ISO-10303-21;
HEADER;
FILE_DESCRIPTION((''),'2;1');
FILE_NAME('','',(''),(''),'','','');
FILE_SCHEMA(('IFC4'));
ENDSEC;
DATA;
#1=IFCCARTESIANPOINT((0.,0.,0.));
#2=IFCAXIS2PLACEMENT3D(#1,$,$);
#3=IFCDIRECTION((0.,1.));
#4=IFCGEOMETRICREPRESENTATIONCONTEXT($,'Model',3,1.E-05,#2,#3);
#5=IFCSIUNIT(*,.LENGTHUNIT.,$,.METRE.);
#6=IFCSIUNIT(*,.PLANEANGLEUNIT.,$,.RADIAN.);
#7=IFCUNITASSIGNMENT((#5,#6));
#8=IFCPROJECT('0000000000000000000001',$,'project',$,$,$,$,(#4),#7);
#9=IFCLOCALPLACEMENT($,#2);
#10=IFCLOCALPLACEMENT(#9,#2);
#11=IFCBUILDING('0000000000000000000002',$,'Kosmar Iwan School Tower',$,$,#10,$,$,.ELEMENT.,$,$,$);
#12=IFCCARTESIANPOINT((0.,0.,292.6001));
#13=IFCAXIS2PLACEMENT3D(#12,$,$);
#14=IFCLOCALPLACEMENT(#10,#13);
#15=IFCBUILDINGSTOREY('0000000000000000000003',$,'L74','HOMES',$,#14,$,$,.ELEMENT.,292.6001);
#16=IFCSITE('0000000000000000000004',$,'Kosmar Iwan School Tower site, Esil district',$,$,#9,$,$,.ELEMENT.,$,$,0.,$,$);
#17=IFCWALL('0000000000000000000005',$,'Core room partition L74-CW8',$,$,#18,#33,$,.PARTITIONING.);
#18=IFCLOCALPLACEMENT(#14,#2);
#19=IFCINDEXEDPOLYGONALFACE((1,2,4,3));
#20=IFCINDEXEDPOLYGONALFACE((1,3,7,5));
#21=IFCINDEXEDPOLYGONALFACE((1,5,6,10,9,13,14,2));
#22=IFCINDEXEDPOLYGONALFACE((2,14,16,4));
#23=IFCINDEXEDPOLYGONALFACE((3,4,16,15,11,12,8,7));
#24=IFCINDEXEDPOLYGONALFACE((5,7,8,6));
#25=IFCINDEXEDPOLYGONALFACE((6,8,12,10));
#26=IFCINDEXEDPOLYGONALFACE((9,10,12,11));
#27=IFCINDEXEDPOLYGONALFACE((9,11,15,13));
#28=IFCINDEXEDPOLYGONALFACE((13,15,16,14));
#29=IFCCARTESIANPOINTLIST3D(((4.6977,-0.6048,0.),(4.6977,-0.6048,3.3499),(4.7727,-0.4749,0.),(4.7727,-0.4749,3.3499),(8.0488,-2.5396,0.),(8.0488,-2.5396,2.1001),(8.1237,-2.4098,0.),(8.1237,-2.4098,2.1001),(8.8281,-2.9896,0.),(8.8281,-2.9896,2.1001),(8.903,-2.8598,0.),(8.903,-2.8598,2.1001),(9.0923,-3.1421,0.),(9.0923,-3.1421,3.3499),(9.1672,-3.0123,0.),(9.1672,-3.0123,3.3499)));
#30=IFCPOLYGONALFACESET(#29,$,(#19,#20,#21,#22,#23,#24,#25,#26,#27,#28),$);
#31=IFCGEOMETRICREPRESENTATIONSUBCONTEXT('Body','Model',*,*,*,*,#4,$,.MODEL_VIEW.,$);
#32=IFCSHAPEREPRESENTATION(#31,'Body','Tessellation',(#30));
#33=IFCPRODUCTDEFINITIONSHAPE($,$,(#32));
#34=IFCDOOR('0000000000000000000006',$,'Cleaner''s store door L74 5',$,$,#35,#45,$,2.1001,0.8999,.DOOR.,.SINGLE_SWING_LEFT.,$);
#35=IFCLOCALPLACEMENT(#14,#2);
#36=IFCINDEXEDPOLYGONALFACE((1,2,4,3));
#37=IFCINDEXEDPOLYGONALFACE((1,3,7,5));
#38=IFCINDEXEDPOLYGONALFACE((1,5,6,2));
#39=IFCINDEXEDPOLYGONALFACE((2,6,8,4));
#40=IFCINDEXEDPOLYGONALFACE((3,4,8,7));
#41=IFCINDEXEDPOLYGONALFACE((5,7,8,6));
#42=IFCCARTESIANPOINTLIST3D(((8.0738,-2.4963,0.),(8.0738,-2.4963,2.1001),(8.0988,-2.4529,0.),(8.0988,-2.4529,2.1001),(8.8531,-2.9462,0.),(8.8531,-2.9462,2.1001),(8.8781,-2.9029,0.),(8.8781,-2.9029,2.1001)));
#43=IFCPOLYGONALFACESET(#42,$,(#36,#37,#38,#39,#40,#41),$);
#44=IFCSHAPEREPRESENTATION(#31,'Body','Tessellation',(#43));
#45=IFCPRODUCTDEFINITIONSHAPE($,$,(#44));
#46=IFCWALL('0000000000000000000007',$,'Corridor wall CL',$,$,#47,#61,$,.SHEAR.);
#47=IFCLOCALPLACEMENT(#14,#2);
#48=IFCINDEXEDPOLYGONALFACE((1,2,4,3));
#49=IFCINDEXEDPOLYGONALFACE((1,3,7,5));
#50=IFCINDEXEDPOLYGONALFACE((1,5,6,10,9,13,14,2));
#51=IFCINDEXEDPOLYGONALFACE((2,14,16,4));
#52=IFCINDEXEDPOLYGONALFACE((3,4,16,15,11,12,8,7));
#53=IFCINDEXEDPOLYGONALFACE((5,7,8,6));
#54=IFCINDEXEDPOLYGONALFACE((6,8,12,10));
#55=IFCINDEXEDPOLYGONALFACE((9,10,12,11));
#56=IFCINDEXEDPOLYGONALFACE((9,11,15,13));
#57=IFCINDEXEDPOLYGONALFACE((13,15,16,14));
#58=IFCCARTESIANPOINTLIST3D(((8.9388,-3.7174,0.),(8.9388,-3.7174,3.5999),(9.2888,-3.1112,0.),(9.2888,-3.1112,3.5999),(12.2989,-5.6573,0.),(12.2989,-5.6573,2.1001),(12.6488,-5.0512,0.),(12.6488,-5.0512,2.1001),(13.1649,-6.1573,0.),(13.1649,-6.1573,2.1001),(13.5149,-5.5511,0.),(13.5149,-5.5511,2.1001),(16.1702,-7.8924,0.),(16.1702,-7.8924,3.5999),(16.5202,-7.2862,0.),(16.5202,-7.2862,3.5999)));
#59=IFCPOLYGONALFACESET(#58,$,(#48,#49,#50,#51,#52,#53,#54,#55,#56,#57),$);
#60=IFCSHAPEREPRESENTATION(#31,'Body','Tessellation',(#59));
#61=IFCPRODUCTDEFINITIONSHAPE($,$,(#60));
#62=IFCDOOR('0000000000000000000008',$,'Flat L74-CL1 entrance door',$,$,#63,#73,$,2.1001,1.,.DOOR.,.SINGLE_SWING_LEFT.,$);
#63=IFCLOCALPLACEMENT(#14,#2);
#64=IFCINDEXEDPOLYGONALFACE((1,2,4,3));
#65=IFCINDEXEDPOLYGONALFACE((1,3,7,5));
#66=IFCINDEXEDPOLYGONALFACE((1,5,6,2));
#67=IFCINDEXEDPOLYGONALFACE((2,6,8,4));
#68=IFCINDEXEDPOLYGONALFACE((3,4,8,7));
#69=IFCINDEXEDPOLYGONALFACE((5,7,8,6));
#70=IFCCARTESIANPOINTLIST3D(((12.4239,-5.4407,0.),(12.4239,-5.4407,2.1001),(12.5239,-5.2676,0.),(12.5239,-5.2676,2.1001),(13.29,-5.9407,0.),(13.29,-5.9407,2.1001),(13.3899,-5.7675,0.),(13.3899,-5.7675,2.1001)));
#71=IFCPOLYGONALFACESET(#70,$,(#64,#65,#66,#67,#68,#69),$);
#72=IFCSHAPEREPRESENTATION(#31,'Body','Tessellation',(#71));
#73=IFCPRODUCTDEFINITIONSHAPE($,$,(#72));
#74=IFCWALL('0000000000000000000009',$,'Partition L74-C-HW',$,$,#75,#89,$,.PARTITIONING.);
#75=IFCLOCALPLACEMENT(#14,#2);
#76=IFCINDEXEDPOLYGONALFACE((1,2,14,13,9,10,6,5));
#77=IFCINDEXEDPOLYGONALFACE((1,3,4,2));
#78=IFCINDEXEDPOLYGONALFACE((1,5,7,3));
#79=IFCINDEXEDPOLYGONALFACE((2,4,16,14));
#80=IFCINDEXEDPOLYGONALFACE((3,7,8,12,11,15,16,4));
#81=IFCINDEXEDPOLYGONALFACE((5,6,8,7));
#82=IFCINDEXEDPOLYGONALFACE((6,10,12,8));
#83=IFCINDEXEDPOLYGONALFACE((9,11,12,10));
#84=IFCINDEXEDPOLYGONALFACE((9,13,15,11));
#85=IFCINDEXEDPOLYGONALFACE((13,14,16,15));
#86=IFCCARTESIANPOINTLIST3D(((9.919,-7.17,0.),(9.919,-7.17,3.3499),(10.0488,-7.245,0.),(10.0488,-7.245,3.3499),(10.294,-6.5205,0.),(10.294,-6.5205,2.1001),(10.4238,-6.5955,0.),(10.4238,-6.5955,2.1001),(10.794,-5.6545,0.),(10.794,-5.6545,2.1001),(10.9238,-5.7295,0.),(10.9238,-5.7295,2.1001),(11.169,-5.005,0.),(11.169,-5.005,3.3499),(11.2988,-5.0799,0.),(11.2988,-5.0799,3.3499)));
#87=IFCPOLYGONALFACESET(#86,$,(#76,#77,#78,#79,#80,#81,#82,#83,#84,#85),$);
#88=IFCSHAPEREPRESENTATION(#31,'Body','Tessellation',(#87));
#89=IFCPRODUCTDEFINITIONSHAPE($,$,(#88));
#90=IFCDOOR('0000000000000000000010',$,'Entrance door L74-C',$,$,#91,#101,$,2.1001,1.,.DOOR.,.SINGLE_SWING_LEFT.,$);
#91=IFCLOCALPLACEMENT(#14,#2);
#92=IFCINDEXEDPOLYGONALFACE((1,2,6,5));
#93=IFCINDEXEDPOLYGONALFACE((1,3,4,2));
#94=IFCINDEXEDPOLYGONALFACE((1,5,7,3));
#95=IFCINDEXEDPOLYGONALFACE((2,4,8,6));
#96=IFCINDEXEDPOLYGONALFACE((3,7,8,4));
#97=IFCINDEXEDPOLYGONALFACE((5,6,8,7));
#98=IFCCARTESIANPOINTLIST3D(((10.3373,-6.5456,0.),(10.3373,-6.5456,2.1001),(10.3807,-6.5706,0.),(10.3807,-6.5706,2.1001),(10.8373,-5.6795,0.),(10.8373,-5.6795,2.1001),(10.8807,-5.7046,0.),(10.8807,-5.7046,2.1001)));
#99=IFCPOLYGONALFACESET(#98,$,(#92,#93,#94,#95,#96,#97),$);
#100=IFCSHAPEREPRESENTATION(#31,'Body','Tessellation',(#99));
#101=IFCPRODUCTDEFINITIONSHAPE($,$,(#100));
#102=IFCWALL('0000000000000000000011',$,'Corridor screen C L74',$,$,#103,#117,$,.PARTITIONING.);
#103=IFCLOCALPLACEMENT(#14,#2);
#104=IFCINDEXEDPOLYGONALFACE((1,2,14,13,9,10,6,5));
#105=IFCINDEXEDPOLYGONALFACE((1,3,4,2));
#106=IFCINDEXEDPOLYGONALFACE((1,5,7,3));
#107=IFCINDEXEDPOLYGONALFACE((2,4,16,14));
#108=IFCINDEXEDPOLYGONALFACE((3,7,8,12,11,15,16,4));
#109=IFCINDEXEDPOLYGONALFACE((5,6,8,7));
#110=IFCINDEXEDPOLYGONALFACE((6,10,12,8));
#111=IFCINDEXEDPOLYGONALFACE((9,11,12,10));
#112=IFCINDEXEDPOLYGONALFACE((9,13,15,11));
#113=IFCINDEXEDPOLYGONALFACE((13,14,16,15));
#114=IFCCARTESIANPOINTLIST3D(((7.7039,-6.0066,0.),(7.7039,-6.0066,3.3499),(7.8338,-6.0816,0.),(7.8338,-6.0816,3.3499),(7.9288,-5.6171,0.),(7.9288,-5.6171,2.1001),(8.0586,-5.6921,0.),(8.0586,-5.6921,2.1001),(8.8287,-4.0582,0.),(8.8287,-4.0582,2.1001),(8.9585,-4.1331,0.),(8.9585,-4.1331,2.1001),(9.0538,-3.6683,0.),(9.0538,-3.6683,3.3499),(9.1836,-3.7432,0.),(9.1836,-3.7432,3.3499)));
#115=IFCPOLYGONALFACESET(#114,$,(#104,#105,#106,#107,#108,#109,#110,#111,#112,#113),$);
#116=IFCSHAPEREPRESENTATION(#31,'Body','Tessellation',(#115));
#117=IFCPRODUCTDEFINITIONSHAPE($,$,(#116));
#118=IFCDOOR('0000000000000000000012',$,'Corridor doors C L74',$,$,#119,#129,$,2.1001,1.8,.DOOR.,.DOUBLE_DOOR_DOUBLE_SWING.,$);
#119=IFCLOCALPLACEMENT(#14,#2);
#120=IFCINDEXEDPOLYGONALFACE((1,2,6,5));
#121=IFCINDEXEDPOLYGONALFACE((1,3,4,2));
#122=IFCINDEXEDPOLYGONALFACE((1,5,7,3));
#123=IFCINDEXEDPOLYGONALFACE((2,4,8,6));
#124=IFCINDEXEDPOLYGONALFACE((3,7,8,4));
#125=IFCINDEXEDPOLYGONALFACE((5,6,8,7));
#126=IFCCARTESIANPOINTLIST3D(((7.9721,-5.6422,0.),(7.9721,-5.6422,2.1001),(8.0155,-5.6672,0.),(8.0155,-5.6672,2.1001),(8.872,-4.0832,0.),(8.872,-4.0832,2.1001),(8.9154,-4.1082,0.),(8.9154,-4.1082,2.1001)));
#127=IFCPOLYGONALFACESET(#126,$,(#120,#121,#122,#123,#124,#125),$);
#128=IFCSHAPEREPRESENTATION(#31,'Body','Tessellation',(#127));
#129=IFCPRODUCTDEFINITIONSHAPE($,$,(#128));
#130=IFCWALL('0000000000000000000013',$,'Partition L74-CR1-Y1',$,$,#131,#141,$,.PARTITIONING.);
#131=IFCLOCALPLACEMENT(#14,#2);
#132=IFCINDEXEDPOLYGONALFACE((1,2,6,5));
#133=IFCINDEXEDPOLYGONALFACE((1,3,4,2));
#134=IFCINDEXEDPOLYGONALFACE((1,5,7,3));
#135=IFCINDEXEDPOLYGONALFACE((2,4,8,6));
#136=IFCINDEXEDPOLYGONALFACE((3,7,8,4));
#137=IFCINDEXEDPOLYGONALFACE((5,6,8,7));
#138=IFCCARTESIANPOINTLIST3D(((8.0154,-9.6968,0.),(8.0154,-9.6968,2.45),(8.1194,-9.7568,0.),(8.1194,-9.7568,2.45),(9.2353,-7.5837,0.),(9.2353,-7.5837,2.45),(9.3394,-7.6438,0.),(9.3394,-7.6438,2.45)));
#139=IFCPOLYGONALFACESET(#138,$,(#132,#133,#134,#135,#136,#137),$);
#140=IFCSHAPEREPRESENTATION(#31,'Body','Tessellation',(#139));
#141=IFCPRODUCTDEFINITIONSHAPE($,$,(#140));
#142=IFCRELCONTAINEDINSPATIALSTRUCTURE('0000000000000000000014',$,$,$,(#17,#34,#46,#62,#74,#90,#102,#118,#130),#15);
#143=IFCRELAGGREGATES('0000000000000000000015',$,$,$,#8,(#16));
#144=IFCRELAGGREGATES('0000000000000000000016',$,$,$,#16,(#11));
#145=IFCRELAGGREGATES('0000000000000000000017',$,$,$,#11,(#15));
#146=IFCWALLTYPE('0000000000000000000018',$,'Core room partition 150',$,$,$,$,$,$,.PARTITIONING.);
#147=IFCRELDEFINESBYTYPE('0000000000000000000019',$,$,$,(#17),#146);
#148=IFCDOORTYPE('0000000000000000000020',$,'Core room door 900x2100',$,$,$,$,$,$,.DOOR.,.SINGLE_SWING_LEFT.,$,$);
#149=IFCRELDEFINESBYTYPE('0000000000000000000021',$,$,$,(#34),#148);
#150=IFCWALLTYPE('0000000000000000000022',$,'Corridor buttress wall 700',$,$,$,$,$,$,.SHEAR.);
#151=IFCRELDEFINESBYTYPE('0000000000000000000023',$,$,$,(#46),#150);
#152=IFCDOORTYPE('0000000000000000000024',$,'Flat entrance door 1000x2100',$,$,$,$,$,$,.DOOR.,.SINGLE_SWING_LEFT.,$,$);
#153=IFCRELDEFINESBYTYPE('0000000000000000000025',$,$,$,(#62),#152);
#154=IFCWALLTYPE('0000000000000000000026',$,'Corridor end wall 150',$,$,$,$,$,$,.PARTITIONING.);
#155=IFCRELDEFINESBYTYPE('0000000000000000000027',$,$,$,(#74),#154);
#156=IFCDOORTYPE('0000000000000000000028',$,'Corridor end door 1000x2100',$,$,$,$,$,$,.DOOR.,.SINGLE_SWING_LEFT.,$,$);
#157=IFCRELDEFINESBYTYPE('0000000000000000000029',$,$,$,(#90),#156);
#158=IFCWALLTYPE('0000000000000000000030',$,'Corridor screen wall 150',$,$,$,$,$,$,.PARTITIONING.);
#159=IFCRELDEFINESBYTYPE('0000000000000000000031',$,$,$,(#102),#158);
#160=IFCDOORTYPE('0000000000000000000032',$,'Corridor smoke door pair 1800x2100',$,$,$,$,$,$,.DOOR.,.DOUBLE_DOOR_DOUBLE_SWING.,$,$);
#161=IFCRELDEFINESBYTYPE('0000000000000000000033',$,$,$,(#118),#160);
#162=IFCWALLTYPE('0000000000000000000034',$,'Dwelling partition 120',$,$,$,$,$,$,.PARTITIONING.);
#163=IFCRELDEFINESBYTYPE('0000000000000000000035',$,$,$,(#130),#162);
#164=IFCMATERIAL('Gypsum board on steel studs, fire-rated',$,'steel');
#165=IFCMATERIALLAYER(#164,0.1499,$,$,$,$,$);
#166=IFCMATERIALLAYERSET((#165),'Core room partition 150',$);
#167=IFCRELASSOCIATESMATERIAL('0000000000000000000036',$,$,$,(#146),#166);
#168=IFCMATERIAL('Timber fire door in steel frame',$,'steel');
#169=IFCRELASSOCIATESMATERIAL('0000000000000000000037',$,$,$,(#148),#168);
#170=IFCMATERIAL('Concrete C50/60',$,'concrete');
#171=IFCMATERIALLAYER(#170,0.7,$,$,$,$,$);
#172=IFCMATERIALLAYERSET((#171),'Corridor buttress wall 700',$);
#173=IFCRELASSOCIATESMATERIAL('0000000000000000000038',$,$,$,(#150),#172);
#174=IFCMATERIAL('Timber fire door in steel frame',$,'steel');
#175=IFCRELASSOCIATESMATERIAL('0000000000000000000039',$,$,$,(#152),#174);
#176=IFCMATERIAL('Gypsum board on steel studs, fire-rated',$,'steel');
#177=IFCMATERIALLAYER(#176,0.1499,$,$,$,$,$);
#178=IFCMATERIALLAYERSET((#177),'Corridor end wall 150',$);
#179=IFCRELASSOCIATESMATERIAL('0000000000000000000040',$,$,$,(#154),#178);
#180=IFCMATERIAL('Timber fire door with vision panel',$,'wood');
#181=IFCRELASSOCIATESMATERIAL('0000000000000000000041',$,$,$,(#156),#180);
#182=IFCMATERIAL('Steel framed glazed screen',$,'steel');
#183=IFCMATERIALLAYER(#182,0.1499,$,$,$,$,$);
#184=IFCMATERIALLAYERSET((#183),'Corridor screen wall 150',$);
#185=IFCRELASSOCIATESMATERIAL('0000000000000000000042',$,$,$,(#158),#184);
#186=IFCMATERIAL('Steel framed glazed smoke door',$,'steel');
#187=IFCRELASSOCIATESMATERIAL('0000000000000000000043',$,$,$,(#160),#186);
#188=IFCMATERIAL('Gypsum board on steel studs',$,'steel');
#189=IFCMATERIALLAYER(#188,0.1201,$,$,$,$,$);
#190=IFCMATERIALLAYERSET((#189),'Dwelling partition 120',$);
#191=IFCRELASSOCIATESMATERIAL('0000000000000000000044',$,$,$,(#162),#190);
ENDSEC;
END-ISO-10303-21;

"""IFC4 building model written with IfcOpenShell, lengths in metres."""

from ifc_helpers import new_model, si_unit, direction, frame, frame_2d, origin, place, context, subcontext, project, spatial, rectangle, extrude, material, layer, layer_set, type_object, element, fill, save


model = new_model("IFC4")

# Units and contexts
model_context = context("Model", 3, precision=1e-05, world=origin(), true_north=direction((0.0, 1.0)))
body_context = subcontext(model_context, "Body", "Model", "MODEL_VIEW")
ifc_project = project(units=[si_unit("LENGTHUNIT", "METRE"), si_unit("PLANEANGLEUNIT", "RADIAN")], contexts=[model_context])

# Site, building, storey
site_placement = place(None, origin())
site = spatial("IfcSite", under=ifc_project, at=site_placement, Name="Kosmar Iwan School Tower site, Esil district", CompositionType="ELEMENT", RefElevation=0.0)
building_placement = place(site_placement, origin())
building = spatial("IfcBuilding", under=site, at=building_placement, Name="Kosmar Iwan School Tower", CompositionType="ELEMENT")
storey_placement = place(building_placement, frame((0.0, 0.0, 292.6001)))
storey = spatial("IfcBuildingStorey", under=building, at=storey_placement, Name="L74", Description="HOMES", CompositionType="ELEMENT", Elevation=292.6001)

# Walls, openings, doors
ifc_material_1 = material(Name="Gypsum board on steel studs, fire-rated", Category="steel")
ifc_layer_1 = layer(ifc_material_1, 0.1499)
ifc_layer_set_1 = layer_set([ifc_layer_1], Name="Core room partition 150")
wall_type_1 = type_object("IfcWallType", Name="Core room partition 150", PredefinedType="PARTITIONING", material=ifc_layer_set_1)
wall_1_placement = place(storey_placement, frame((9.1296, -3.0771, 0.0), z_axis=(0.0, 0.0, 1.0), x_axis=(-0.866011, 0.500025, 0.0)))
wall_1 = element("IfcWall", 1, at=wall_1_placement, inside=storey, type_object=wall_type_1, Name="Core room partition L74-CW8", PredefinedType="PARTITIONING", context=body_context, shape_type="SweptSolid", body=[
    extrude(rectangle(XDim=5.0745, YDim=0.1499, at=frame_2d((2.5371, 0.0))), origin(), (0.0, 0.0, 1.0), 3.3499),
])
opening_1_placement = place(wall_1_placement, frame((0.3049, 0.0, 0.0)))
opening_1 = element("IfcOpeningElement", 2, at=opening_1_placement, cuts=wall_1, PredefinedType="OPENING", context=body_context, shape_type="SweptSolid", body=[
    extrude(rectangle(XDim=0.8999, YDim=2.1001, at=frame_2d((0.45, 1.05))), frame((0.0, 0.0869, 0.0), z_axis=(0.0, -1.0, 0.0), x_axis=(1.0, 0.0, 0.0)), (0.0, 0.0, 1.0), 0.1738),
])
ifc_material_2 = material(Name="Timber fire door in steel frame", Category="steel")
door_type_1 = type_object("IfcDoorType", Name="Core room door 900x2100", OperationType="SINGLE_SWING_LEFT", PredefinedType="DOOR", material=ifc_material_2)
door_1_placement = place(opening_1_placement, origin())
door_1 = element("IfcDoor", 3, at=door_1_placement, inside=storey, type_object=door_type_1, Name="Cleaner's store door L74 5", OperationType="SINGLE_SWING_LEFT", OverallHeight=2.1001, OverallWidth=0.8999, PredefinedType="DOOR", context=body_context, shape_type="SweptSolid", body=[
    extrude(rectangle(XDim=0.8999, YDim=2.1001, at=frame_2d((0.45, 1.05))), frame((0.0, 0.0249, 0.0), z_axis=(0.0, -1.0, 0.0), x_axis=(1.0, 0.0, 0.0)), (0.0, 0.0, 1.0), 0.05),
])
fill(opening_1, door_1)
ifc_material_3 = material(Name="Concrete C50/60", Category="concrete")
ifc_layer_2 = layer(ifc_material_3, 0.7)
ifc_layer_set_2 = layer_set([ifc_layer_2], Name="Corridor buttress wall 700")
wall_type_2 = type_object("IfcWallType", Name="Corridor buttress wall 700", PredefinedType="SHEAR", material=ifc_layer_set_2)
wall_2_placement = place(storey_placement, frame((9.1138, -3.4143, 0.0), z_axis=(0.0, 0.0, 1.0), x_axis=(0.866027, -0.499997, 0.0)))
wall_2 = element("IfcWall", 4, at=wall_2_placement, inside=storey, type_object=wall_type_2, Name="Corridor wall CL", PredefinedType="SHEAR", context=body_context, shape_type="SweptSolid", body=[
    extrude(rectangle(XDim=8.3501, YDim=0.7, at=frame_2d((4.175, 0.0))), origin(), (0.0, 0.0, 1.0), 3.5999),
])
opening_2_placement = place(wall_2_placement, frame((3.8799, 0.0, 0.0)))
opening_2 = element("IfcOpeningElement", 5, at=opening_2_placement, cuts=wall_2, PredefinedType="OPENING", context=body_context, shape_type="SweptSolid", body=[
    extrude(rectangle(XDim=1.0, YDim=2.1001, at=frame_2d((0.5, 1.05))), frame((0.0, 0.3621, 0.0), z_axis=(0.0, -1.0, 0.0), x_axis=(1.0, 0.0, 0.0)), (0.0, 0.0, 1.0), 0.7239),
])
ifc_material_4 = material(Name="Timber fire door in steel frame", Category="steel")
door_type_2 = type_object("IfcDoorType", Name="Flat entrance door 1000x2100", OperationType="SINGLE_SWING_LEFT", PredefinedType="DOOR", material=ifc_material_4)
door_2_placement = place(opening_2_placement, origin())
door_2 = element("IfcDoor", 6, at=door_2_placement, inside=storey, type_object=door_type_2, Name="Flat L74-CL1 entrance door", OperationType="SINGLE_SWING_LEFT", OverallHeight=2.1001, OverallWidth=1.0, PredefinedType="DOOR", context=body_context, shape_type="SweptSolid", body=[
    extrude(rectangle(XDim=1.0, YDim=2.1001, at=frame_2d((0.5, 1.05))), frame((0.0, 0.1001, 0.0), z_axis=(0.0, -1.0, 0.0), x_axis=(1.0, 0.0, 0.0)), (0.0, 0.0, 1.0), 0.2),
])
fill(opening_2, door_2)
ifc_material_5 = material(Name="Gypsum board on steel studs, fire-rated", Category="steel")
ifc_layer_3 = layer(ifc_material_5, 0.1499)
ifc_layer_set_3 = layer_set([ifc_layer_3], Name="Corridor end wall 150")
wall_type_3 = type_object("IfcWallType", Name="Corridor end wall 150", PredefinedType="PARTITIONING", material=ifc_layer_set_3)
wall_3_placement = place(storey_placement, frame((9.9839, -7.2075, 0.0), z_axis=(0.0, 0.0, 1.0), x_axis=(0.500004, 0.866023, 0.0)))
wall_3 = element("IfcWall", 7, at=wall_3_placement, inside=storey, type_object=wall_type_3, Name="Partition L74-C-HW", PredefinedType="PARTITIONING", context=body_context, shape_type="SweptSolid", body=[
    extrude(rectangle(XDim=2.5, YDim=0.1499, at=frame_2d((1.25, 0.0))), origin(), (0.0, 0.0, 1.0), 3.3499),
])
opening_3_placement = place(wall_3_placement, frame((0.75, 0.0, 0.0)))
opening_3 = element("IfcOpeningElement", 8, at=opening_3_placement, cuts=wall_3, PredefinedType="OPENING", context=body_context, shape_type="SweptSolid", body=[
    extrude(rectangle(XDim=1.0, YDim=2.1001, at=frame_2d((0.5, 1.05))), frame((0.0, 0.0869, 0.0), z_axis=(0.0, -1.0, 0.0), x_axis=(1.0, 0.0, 0.0)), (0.0, 0.0, 1.0), 0.1738),
])
ifc_material_6 = material(Name="Timber fire door with vision panel", Category="wood")
door_type_3 = type_object("IfcDoorType", Name="Corridor end door 1000x2100", OperationType="SINGLE_SWING_LEFT", PredefinedType="DOOR", material=ifc_material_6)
door_3_placement = place(opening_3_placement, origin())
door_3 = element("IfcDoor", 9, at=door_3_placement, inside=storey, type_object=door_type_3, Name="Entrance door L74-C", OperationType="SINGLE_SWING_LEFT", OverallHeight=2.1001, OverallWidth=1.0, PredefinedType="DOOR", context=body_context, shape_type="SweptSolid", body=[
    extrude(rectangle(XDim=1.0, YDim=2.1001, at=frame_2d((0.5, 1.05))), frame((0.0, 0.0249, 0.0), z_axis=(0.0, -1.0, 0.0), x_axis=(1.0, 0.0, 0.0)), (0.0, 0.0, 1.0), 0.05),
])
fill(opening_3, door_3)
ifc_material_7 = material(Name="Steel framed glazed screen", Category="steel")
ifc_layer_4 = layer(ifc_material_7, 0.1499)
ifc_layer_set_4 = layer_set([ifc_layer_4], Name="Corridor screen wall 150")
wall_type_4 = type_object("IfcWallType", Name="Corridor screen wall 150", PredefinedType="PARTITIONING", material=ifc_layer_set_4)
wall_4_placement = place(storey_placement, frame((7.7688, -6.0442, 0.0), z_axis=(0.0, 0.0, 1.0), x_axis=(0.499942, 0.866059, 0.0)))
wall_4 = element("IfcWall", 10, at=wall_4_placement, inside=storey, type_object=wall_type_4, Name="Corridor screen C L74", PredefinedType="PARTITIONING", context=body_context, shape_type="SweptSolid", body=[
    extrude(rectangle(XDim=2.7, YDim=0.1499, at=frame_2d((1.3501, 0.0))), origin(), (0.0, 0.0, 1.0), 3.3499),
])
opening_4_placement = place(wall_4_placement, frame((0.45, 0.0, 0.0)))
opening_4 = element("IfcOpeningElement", 11, at=opening_4_placement, cuts=wall_4, PredefinedType="OPENING", context=body_context, shape_type="SweptSolid", body=[
    extrude(rectangle(XDim=1.8, YDim=2.1001, at=frame_2d((0.8999, 1.05))), frame((0.0, 0.0869, 0.0), z_axis=(0.0, -1.0, 0.0), x_axis=(1.0, 0.0, 0.0)), (0.0, 0.0, 1.0), 0.1738),
])
ifc_material_8 = material(Name="Steel framed glazed smoke door", Category="steel")
door_type_4 = type_object("IfcDoorType", Name="Corridor smoke door pair 1800x2100", OperationType="DOUBLE_DOOR_DOUBLE_SWING", PredefinedType="DOOR", material=ifc_material_8)
door_4_placement = place(opening_4_placement, origin())
door_4 = element("IfcDoor", 12, at=door_4_placement, inside=storey, type_object=door_type_4, Name="Corridor doors C L74", OperationType="DOUBLE_DOOR_DOUBLE_SWING", OverallHeight=2.1001, OverallWidth=1.8, PredefinedType="DOOR", context=body_context, shape_type="SweptSolid", body=[
    extrude(rectangle(XDim=1.8, YDim=2.1001, at=frame_2d((0.8999, 1.05))), frame((0.0, 0.0249, 0.0), z_axis=(0.0, -1.0, 0.0), x_axis=(1.0, 0.0, 0.0)), (0.0, 0.0, 1.0), 0.05),
])
fill(opening_4, door_4)

# Wall
ifc_material_9 = material(Name="Gypsum board on steel studs", Category="steel")
ifc_layer_5 = layer(ifc_material_9, 0.1201)
ifc_layer_set_5 = layer_set([ifc_layer_5], Name="Dwelling partition 120")
wall_type_5 = type_object("IfcWallType", Name="Dwelling partition 120", PredefinedType="PARTITIONING", material=ifc_layer_set_5)
wall_5_placement = place(storey_placement, frame((9.2874, -7.6138, 0.0), z_axis=(0.0, 0.0, 1.0), x_axis=(-0.500003, -0.866024, 0.0)))
element("IfcWall", 13, at=wall_5_placement, inside=storey, type_object=wall_type_5, Name="Partition L74-CR1-Y1", PredefinedType="PARTITIONING", context=body_context, shape_type="SweptSolid", body=[
    extrude(rectangle(XDim=2.4399, YDim=0.1201, at=frame_2d((1.22, 0.0))), origin(), (0.0, 0.0, 1.0), 2.45),
])

save(model, "model.ifc")
